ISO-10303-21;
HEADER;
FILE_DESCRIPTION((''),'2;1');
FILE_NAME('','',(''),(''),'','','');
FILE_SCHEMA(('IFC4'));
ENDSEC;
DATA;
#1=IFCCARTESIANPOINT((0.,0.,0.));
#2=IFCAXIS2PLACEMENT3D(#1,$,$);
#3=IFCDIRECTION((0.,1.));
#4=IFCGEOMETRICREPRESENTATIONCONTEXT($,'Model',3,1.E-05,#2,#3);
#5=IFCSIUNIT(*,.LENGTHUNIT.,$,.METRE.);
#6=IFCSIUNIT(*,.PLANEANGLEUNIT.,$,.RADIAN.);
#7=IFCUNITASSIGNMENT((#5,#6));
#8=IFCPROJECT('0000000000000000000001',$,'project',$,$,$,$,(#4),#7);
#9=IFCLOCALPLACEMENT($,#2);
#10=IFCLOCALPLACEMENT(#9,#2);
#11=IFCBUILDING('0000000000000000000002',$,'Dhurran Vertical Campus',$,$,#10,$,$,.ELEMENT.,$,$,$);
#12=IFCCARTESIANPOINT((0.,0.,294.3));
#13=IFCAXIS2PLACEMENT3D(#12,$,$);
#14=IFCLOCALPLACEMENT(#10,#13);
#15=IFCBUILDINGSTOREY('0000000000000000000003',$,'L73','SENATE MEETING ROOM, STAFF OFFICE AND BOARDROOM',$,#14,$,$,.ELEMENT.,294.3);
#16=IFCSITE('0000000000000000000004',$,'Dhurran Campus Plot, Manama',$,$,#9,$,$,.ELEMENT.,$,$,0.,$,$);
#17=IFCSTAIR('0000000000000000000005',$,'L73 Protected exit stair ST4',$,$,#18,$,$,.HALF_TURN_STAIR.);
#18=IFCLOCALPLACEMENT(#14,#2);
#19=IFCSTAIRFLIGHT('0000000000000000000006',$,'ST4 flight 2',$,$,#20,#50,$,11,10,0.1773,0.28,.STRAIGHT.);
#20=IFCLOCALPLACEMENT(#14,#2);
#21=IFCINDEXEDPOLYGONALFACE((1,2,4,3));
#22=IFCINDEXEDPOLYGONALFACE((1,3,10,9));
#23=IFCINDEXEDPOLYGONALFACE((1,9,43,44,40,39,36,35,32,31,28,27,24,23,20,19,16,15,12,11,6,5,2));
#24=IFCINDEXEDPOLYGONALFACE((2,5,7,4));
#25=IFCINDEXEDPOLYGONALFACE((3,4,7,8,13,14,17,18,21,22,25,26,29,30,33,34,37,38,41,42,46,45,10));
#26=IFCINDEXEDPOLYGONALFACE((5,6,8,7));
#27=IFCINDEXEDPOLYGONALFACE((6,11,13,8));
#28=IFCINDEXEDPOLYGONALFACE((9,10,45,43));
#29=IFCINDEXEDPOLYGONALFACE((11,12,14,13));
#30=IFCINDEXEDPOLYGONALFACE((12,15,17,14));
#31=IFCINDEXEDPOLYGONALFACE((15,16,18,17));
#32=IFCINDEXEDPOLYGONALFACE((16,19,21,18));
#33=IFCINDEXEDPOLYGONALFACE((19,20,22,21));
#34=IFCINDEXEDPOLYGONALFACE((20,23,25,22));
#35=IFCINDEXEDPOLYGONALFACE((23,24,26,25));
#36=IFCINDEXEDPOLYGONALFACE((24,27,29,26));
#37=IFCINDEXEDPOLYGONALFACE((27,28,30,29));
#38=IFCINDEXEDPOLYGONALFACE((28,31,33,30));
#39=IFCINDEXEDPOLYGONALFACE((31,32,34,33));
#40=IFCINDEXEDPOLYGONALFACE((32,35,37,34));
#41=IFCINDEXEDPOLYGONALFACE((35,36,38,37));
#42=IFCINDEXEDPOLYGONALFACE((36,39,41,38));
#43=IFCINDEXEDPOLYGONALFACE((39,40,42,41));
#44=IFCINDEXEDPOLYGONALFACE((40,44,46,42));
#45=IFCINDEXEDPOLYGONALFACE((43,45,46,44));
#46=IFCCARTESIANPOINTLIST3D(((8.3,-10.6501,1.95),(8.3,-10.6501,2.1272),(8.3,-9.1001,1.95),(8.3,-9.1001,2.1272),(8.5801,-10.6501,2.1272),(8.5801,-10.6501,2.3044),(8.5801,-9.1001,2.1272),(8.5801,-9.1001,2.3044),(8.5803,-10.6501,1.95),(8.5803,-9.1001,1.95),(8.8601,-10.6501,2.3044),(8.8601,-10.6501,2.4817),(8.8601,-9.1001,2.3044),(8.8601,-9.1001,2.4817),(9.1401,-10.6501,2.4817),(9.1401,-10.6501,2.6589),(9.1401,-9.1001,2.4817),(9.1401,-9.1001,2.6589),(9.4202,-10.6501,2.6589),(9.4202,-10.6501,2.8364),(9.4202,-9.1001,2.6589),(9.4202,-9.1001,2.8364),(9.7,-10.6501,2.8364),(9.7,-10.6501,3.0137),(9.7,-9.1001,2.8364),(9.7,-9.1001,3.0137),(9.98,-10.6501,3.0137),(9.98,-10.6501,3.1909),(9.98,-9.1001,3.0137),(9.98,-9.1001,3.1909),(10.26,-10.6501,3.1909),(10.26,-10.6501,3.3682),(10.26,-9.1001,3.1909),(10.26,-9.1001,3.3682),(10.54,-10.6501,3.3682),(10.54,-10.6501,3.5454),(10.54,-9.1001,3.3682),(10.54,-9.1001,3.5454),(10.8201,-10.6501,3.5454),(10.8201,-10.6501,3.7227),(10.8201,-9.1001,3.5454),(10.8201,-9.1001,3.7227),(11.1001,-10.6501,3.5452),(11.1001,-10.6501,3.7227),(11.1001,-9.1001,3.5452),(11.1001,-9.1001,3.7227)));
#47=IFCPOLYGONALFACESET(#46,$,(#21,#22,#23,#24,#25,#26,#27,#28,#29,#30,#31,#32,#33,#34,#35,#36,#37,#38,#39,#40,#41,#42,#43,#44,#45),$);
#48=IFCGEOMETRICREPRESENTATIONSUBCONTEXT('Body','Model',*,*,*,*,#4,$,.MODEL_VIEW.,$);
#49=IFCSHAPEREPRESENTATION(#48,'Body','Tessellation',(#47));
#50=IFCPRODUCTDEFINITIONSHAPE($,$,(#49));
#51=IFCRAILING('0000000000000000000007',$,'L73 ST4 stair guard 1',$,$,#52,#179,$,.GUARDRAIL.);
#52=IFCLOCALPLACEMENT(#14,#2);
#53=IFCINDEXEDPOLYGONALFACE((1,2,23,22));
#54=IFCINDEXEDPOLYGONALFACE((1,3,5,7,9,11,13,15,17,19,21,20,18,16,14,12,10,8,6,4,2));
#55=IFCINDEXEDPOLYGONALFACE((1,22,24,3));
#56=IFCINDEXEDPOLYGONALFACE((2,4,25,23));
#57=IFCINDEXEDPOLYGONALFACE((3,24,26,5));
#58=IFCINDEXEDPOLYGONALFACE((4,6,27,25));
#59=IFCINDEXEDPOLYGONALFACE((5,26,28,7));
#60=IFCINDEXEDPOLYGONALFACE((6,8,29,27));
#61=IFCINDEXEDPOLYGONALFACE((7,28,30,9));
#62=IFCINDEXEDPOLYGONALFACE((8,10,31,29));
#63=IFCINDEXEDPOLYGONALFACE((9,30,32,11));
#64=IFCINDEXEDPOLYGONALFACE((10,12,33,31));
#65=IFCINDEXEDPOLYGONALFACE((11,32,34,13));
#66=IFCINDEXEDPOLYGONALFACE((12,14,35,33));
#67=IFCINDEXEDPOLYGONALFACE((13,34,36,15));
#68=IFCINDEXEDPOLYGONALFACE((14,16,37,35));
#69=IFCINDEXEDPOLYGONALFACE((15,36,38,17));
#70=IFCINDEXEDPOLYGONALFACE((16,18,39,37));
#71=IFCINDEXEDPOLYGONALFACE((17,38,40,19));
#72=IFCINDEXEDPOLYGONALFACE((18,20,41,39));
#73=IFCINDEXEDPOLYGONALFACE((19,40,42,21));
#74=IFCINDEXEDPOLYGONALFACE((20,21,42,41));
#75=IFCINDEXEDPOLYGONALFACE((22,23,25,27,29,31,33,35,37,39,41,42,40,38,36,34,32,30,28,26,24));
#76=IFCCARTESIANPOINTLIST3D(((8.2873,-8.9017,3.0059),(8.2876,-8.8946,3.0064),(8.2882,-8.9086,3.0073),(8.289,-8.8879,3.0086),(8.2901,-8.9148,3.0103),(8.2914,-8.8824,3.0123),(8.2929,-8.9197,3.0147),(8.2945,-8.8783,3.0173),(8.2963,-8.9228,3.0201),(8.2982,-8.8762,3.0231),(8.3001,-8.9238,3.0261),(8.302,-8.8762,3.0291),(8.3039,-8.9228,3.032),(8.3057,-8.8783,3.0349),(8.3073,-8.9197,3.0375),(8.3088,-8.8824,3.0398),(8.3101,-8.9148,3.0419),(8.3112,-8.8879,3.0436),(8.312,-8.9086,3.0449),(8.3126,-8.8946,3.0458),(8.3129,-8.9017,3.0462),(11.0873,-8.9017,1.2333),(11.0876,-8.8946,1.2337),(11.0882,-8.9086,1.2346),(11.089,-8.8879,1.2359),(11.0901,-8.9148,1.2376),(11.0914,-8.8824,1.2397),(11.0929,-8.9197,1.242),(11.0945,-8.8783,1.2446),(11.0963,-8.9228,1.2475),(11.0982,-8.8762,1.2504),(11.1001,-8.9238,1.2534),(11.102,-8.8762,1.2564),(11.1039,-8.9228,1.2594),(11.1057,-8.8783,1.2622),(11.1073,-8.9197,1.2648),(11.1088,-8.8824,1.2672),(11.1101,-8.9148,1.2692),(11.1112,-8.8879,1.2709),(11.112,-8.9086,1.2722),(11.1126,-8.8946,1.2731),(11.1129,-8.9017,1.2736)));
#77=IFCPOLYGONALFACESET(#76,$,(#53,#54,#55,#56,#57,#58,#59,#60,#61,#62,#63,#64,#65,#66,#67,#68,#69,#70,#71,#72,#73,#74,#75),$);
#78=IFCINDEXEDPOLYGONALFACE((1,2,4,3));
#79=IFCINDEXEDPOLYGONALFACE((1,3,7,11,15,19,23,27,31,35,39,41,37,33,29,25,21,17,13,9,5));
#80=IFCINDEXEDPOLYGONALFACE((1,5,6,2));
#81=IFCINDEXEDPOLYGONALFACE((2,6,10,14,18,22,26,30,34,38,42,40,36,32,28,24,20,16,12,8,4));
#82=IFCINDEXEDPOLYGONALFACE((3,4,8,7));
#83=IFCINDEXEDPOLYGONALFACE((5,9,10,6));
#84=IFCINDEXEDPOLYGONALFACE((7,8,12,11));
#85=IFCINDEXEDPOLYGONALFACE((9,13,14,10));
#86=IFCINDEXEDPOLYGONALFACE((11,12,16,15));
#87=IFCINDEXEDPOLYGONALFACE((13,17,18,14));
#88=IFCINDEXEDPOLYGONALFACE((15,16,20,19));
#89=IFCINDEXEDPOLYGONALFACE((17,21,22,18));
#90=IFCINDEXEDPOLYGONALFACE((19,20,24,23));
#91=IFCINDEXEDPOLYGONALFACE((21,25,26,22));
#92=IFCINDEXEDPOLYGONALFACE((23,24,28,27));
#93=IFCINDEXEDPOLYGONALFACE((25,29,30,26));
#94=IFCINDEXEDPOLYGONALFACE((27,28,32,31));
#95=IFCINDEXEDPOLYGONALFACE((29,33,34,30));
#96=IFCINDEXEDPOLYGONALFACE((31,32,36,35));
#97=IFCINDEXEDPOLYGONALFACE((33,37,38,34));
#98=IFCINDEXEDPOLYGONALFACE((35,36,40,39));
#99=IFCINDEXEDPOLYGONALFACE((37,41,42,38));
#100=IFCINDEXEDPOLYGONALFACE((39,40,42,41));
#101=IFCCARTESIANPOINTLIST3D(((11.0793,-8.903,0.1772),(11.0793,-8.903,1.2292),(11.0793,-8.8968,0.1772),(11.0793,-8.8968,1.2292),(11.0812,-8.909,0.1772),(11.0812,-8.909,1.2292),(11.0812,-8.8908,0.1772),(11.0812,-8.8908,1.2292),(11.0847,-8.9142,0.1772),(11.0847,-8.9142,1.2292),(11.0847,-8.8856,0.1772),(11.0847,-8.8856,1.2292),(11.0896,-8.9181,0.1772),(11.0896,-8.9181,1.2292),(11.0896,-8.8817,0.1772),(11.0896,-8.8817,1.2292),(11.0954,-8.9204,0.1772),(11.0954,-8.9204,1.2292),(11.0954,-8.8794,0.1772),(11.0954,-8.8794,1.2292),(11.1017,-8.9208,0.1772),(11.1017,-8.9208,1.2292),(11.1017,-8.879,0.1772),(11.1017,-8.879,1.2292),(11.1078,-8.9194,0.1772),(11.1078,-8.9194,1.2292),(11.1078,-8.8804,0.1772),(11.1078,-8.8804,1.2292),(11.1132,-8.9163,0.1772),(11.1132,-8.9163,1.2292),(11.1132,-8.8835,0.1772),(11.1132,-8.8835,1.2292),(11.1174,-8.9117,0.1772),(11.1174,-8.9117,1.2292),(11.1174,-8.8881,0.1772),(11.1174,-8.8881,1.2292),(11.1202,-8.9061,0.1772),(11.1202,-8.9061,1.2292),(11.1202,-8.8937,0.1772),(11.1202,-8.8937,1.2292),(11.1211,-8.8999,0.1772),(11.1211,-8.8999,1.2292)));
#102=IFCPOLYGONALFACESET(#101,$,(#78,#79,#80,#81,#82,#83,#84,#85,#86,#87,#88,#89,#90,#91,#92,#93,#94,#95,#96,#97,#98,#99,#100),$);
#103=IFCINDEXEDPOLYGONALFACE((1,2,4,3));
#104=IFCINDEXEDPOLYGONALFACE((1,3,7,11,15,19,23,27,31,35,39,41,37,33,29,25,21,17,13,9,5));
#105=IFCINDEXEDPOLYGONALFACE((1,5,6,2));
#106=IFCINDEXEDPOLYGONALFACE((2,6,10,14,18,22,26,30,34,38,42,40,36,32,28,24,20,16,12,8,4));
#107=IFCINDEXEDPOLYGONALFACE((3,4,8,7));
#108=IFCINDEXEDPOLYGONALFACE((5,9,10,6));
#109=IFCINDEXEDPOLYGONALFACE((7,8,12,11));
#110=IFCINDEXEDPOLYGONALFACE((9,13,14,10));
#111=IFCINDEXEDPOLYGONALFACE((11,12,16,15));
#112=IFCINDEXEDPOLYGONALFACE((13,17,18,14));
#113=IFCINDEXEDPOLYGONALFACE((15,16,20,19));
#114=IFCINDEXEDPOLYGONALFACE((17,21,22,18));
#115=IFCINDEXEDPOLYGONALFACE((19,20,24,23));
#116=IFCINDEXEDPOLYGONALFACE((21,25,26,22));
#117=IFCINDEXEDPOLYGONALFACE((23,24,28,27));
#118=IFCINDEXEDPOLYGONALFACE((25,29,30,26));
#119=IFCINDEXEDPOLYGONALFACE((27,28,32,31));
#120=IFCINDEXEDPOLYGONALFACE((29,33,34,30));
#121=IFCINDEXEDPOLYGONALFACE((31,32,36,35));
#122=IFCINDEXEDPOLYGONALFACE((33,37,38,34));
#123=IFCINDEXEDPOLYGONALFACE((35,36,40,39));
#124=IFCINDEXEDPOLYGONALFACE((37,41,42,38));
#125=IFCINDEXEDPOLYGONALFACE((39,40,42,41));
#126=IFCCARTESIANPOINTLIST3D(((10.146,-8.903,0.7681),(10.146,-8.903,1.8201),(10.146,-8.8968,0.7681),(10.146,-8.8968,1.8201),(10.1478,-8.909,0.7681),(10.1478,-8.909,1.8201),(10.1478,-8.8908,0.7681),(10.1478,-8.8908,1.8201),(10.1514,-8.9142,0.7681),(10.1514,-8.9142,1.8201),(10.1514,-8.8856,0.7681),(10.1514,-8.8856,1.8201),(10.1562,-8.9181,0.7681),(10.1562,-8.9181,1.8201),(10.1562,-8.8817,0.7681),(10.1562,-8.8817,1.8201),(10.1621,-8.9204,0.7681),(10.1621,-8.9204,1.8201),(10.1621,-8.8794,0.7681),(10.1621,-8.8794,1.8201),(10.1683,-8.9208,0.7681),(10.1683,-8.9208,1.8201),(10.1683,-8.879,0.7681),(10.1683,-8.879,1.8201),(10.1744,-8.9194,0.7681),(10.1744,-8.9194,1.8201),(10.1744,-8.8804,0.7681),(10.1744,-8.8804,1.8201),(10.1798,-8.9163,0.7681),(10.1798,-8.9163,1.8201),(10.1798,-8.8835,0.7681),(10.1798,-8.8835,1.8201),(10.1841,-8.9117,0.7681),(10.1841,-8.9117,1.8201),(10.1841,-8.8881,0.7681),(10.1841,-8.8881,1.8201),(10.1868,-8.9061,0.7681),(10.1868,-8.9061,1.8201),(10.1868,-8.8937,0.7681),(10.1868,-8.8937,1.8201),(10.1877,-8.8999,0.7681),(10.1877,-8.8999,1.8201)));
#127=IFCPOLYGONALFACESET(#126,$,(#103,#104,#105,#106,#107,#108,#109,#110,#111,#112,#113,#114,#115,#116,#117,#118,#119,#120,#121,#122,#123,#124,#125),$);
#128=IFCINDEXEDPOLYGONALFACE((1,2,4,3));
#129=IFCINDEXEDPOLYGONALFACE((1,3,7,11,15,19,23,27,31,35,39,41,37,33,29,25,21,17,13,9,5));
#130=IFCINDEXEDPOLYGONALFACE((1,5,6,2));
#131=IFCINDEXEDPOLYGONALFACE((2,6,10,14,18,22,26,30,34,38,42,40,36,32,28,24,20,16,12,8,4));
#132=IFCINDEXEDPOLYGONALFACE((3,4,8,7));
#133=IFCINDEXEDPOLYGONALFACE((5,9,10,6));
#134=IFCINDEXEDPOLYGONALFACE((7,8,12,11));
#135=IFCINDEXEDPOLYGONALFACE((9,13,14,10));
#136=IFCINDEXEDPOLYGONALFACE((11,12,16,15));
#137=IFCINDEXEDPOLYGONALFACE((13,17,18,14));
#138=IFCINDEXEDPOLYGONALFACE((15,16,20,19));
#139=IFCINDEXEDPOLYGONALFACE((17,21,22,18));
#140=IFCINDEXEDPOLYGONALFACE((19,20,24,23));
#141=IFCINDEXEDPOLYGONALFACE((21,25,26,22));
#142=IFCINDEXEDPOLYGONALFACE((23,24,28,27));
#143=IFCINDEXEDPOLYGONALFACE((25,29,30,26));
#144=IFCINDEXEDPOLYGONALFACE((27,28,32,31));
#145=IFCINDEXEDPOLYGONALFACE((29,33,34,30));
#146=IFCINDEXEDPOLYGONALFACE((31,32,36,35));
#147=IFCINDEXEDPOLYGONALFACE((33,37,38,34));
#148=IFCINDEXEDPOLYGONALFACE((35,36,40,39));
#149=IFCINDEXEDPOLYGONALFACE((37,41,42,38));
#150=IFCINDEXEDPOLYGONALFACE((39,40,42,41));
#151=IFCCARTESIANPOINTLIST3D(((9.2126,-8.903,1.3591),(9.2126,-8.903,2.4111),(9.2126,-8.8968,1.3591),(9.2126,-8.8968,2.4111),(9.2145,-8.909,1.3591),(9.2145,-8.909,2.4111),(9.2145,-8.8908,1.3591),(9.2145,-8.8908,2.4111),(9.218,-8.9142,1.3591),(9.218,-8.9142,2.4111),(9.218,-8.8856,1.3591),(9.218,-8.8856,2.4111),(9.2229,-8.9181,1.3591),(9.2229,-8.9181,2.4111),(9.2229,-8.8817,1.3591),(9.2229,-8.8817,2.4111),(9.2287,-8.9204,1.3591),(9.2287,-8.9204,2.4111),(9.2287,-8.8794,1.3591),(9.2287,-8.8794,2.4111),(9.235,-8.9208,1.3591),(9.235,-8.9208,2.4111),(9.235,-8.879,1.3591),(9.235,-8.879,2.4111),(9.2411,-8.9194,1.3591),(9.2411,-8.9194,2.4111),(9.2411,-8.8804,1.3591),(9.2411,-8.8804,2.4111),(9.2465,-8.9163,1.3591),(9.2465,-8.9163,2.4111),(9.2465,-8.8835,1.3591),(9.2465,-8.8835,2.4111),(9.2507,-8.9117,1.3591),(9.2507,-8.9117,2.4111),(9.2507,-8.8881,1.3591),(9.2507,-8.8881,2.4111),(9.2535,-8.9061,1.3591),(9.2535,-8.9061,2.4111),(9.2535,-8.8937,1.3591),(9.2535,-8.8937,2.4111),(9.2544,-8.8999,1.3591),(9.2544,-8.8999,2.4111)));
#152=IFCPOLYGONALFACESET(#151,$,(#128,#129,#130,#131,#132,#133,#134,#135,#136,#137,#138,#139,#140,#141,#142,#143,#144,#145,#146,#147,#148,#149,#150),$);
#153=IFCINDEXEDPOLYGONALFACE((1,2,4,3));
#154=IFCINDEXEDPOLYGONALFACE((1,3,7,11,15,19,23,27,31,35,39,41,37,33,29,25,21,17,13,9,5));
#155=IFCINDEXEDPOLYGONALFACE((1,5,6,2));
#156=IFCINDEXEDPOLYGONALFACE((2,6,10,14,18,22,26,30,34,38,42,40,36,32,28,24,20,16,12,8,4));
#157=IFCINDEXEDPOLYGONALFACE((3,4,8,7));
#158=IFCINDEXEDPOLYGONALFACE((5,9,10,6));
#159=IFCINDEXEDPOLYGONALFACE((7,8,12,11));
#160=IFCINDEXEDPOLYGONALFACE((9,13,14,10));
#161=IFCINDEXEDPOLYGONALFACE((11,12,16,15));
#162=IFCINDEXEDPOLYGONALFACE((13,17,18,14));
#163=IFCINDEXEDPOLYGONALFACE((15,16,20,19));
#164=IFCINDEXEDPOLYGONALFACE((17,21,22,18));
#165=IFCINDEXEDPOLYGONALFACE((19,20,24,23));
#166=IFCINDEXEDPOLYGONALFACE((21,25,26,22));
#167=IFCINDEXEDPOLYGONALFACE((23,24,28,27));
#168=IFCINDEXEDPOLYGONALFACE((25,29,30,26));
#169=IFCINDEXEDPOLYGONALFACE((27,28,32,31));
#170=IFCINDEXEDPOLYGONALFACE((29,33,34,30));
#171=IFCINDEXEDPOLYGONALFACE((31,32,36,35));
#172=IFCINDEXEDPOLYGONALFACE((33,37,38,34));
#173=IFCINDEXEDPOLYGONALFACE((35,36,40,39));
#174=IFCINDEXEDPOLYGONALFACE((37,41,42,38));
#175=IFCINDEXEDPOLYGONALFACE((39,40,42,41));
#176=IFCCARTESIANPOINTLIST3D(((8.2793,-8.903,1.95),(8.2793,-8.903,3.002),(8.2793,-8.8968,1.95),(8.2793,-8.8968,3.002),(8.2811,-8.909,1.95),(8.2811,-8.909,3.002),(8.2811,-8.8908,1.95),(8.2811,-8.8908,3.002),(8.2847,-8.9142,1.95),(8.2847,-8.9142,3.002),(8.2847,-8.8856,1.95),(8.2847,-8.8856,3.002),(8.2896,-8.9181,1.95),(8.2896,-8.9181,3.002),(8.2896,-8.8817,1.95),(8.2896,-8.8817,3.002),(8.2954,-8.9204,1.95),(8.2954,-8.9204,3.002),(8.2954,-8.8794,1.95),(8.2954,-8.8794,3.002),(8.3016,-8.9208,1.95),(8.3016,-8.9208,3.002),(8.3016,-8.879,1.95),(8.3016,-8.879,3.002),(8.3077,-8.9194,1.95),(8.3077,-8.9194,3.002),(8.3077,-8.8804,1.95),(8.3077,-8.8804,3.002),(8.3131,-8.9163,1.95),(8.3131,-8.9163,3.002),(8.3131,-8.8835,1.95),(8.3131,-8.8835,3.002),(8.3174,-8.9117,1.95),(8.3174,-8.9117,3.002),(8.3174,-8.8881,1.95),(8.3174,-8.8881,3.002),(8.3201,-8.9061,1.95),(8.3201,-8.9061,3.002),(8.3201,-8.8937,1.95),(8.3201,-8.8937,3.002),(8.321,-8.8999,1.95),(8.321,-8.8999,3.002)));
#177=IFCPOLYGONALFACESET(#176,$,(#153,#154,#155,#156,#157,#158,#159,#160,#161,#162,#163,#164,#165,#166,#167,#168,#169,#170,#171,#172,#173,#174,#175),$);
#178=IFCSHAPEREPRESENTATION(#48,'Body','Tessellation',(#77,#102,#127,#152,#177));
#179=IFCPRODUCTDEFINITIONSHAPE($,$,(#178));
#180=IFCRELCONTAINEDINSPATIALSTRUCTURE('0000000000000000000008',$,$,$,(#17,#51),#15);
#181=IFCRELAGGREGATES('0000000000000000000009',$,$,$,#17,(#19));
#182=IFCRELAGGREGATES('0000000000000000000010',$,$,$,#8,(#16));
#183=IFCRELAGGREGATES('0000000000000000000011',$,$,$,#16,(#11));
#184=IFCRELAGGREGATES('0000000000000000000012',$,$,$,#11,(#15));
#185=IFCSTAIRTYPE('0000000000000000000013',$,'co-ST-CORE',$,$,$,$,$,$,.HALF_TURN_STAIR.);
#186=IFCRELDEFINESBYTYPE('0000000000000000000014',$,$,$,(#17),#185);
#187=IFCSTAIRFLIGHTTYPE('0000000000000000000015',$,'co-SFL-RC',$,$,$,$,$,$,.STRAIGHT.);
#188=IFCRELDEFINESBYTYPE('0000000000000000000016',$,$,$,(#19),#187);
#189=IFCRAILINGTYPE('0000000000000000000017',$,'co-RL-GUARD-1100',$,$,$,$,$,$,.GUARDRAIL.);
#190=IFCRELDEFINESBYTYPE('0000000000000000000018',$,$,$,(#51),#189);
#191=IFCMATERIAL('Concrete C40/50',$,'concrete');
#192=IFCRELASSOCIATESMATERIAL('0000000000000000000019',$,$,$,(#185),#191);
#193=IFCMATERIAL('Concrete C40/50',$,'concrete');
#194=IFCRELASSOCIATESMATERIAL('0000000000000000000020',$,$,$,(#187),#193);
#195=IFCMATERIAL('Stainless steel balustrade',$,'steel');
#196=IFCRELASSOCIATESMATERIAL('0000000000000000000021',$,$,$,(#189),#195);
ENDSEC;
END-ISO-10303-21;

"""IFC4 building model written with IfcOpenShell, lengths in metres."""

from ifc_helpers import new_model, si_unit, direction, frame, origin, origin_2d, place, context, subcontext, project, spatial, polyline, circle, outline, extrude, material, type_object, element, aggregate, save


model = new_model("IFC4")

# Units and contexts
model_context = context("Model", 3, precision=1e-05, world=origin(), true_north=direction((0.0, 1.0)))
body_context = subcontext(model_context, "Body", "Model", "MODEL_VIEW")
ifc_project = project(units=[si_unit("LENGTHUNIT", "METRE"), si_unit("PLANEANGLEUNIT", "RADIAN")], contexts=[model_context])

# Site, building, storey
site_placement = place(None, origin())
site = spatial("IfcSite", under=ifc_project, at=site_placement, Name="Dhurran Campus Plot, Manama", CompositionType="ELEMENT", RefElevation=0.0)
building_placement = place(site_placement, origin())
building = spatial("IfcBuilding", under=site, at=building_placement, Name="Dhurran Vertical Campus", CompositionType="ELEMENT")
storey_placement = place(building_placement, frame((0.0, 0.0, 294.3)))
storey = spatial("IfcBuildingStorey", under=building, at=storey_placement, Name="L73", Description="SENATE MEETING ROOM, STAFF OFFICE AND BOARDROOM", CompositionType="ELEMENT", Elevation=294.3)

# Stair, stair flight
ifc_material_1 = material(Name="Concrete C40/50", Category="concrete")
stair_type = type_object("IfcStairType", Name="co-ST-CORE", PredefinedType="HALF_TURN_STAIR", material=ifc_material_1)
stair_placement = place(storey_placement, origin())
stair = element("IfcStair", 1, at=stair_placement, inside=storey, type_object=stair_type, Name="L73 Protected exit stair ST4", PredefinedType="HALF_TURN_STAIR")
ifc_material_2 = material(Name="Concrete C40/50", Category="concrete")
stair_flight_type = type_object("IfcStairFlightType", Name="co-SFL-RC", PredefinedType="STRAIGHT", material=ifc_material_2)
stair_flight_placement = place(storey_placement, frame((8.3, -9.875, 1.95), z_axis=(0.0, 0.0, 1.0), x_axis=(1.0, 0.0, 0.0)))
stair_flight = element("IfcStairFlight", 2, at=stair_flight_placement, type_object=stair_flight_type, Name="ST4 flight 2", NumberOfRisers=11, NumberOfTreads=10, PredefinedType="STRAIGHT", RiserHeight=0.1773, TreadLength=0.28, context=body_context, shape_type="SweptSolid", body=[
    extrude(outline(polyline([(0.0, 0.0), (0.0, 0.1772), (0.28, 0.1772), (0.28, 0.3545), (0.5601, 0.3545), (0.5601, 0.5317), (0.8401, 0.5317), (0.8401, 0.709), (1.1201, 0.709), (1.1201, 0.8865), (1.3999, 0.8865), (1.3999, 1.0637), (1.6799, 1.0637), (1.6799, 1.241), (1.96, 1.241), (1.96, 1.4182), (2.24, 1.4182), (2.24, 1.5955), (2.52, 1.5955), (2.52, 1.7727), (2.8, 1.7727), (2.8, 1.95), (2.8, 1.5952), (0.2803, 0.0), (0.0, 0.0)])), frame((0.0, 0.7749, 0.0), z_axis=(0.0, -1.0, 0.0), x_axis=(1.0, 0.0, 0.0)), (0.0, 0.0, 1.0), 1.55),
])
aggregate(stair, [stair_flight])

# Railing
ifc_material_3 = material(Name="Stainless steel balustrade", Category="steel")
railing_type_1 = type_object("IfcRailingType", Name="co-RL-GUARD-1100", PredefinedType="GUARDRAIL", material=ifc_material_3)
railing_1_placement = place(storey_placement, frame((11.1001, -8.8999, 0.1772)))
element("IfcRailing", 3, at=railing_1_placement, inside=storey, type_object=railing_type_1, Name="L73 ST4 stair guard 1", PredefinedType="GUARDRAIL", context=body_context, shape_type="SweptSolid", body=[
    extrude(circle(Radius=0.0239, at=origin_2d()), frame((0.0, 0.0, 1.0762), z_axis=(-0.844909, 0.0, 0.53491), x_axis=(0.0, -1.0, 0.0)), (0.0, 0.0, 1.0), 3.314),
    extrude(circle(Radius=0.021, at=origin_2d()), origin(), (0.0, 0.0, 1.0), 1.052),
    extrude(circle(Radius=0.021, at=origin_2d()), frame((-0.9333, 0.0, 0.5908)), (0.0, 0.0, 1.0), 1.052),
    extrude(circle(Radius=0.021, at=origin_2d()), frame((-1.8667, 0.0, 1.1819)), (0.0, 0.0, 1.0), 1.052),
    extrude(circle(Radius=0.021, at=origin_2d()), frame((-2.8, 0.0, 1.7727)), (0.0, 0.0, 1.0), 1.052),
])

save(model, "model.ifc")
